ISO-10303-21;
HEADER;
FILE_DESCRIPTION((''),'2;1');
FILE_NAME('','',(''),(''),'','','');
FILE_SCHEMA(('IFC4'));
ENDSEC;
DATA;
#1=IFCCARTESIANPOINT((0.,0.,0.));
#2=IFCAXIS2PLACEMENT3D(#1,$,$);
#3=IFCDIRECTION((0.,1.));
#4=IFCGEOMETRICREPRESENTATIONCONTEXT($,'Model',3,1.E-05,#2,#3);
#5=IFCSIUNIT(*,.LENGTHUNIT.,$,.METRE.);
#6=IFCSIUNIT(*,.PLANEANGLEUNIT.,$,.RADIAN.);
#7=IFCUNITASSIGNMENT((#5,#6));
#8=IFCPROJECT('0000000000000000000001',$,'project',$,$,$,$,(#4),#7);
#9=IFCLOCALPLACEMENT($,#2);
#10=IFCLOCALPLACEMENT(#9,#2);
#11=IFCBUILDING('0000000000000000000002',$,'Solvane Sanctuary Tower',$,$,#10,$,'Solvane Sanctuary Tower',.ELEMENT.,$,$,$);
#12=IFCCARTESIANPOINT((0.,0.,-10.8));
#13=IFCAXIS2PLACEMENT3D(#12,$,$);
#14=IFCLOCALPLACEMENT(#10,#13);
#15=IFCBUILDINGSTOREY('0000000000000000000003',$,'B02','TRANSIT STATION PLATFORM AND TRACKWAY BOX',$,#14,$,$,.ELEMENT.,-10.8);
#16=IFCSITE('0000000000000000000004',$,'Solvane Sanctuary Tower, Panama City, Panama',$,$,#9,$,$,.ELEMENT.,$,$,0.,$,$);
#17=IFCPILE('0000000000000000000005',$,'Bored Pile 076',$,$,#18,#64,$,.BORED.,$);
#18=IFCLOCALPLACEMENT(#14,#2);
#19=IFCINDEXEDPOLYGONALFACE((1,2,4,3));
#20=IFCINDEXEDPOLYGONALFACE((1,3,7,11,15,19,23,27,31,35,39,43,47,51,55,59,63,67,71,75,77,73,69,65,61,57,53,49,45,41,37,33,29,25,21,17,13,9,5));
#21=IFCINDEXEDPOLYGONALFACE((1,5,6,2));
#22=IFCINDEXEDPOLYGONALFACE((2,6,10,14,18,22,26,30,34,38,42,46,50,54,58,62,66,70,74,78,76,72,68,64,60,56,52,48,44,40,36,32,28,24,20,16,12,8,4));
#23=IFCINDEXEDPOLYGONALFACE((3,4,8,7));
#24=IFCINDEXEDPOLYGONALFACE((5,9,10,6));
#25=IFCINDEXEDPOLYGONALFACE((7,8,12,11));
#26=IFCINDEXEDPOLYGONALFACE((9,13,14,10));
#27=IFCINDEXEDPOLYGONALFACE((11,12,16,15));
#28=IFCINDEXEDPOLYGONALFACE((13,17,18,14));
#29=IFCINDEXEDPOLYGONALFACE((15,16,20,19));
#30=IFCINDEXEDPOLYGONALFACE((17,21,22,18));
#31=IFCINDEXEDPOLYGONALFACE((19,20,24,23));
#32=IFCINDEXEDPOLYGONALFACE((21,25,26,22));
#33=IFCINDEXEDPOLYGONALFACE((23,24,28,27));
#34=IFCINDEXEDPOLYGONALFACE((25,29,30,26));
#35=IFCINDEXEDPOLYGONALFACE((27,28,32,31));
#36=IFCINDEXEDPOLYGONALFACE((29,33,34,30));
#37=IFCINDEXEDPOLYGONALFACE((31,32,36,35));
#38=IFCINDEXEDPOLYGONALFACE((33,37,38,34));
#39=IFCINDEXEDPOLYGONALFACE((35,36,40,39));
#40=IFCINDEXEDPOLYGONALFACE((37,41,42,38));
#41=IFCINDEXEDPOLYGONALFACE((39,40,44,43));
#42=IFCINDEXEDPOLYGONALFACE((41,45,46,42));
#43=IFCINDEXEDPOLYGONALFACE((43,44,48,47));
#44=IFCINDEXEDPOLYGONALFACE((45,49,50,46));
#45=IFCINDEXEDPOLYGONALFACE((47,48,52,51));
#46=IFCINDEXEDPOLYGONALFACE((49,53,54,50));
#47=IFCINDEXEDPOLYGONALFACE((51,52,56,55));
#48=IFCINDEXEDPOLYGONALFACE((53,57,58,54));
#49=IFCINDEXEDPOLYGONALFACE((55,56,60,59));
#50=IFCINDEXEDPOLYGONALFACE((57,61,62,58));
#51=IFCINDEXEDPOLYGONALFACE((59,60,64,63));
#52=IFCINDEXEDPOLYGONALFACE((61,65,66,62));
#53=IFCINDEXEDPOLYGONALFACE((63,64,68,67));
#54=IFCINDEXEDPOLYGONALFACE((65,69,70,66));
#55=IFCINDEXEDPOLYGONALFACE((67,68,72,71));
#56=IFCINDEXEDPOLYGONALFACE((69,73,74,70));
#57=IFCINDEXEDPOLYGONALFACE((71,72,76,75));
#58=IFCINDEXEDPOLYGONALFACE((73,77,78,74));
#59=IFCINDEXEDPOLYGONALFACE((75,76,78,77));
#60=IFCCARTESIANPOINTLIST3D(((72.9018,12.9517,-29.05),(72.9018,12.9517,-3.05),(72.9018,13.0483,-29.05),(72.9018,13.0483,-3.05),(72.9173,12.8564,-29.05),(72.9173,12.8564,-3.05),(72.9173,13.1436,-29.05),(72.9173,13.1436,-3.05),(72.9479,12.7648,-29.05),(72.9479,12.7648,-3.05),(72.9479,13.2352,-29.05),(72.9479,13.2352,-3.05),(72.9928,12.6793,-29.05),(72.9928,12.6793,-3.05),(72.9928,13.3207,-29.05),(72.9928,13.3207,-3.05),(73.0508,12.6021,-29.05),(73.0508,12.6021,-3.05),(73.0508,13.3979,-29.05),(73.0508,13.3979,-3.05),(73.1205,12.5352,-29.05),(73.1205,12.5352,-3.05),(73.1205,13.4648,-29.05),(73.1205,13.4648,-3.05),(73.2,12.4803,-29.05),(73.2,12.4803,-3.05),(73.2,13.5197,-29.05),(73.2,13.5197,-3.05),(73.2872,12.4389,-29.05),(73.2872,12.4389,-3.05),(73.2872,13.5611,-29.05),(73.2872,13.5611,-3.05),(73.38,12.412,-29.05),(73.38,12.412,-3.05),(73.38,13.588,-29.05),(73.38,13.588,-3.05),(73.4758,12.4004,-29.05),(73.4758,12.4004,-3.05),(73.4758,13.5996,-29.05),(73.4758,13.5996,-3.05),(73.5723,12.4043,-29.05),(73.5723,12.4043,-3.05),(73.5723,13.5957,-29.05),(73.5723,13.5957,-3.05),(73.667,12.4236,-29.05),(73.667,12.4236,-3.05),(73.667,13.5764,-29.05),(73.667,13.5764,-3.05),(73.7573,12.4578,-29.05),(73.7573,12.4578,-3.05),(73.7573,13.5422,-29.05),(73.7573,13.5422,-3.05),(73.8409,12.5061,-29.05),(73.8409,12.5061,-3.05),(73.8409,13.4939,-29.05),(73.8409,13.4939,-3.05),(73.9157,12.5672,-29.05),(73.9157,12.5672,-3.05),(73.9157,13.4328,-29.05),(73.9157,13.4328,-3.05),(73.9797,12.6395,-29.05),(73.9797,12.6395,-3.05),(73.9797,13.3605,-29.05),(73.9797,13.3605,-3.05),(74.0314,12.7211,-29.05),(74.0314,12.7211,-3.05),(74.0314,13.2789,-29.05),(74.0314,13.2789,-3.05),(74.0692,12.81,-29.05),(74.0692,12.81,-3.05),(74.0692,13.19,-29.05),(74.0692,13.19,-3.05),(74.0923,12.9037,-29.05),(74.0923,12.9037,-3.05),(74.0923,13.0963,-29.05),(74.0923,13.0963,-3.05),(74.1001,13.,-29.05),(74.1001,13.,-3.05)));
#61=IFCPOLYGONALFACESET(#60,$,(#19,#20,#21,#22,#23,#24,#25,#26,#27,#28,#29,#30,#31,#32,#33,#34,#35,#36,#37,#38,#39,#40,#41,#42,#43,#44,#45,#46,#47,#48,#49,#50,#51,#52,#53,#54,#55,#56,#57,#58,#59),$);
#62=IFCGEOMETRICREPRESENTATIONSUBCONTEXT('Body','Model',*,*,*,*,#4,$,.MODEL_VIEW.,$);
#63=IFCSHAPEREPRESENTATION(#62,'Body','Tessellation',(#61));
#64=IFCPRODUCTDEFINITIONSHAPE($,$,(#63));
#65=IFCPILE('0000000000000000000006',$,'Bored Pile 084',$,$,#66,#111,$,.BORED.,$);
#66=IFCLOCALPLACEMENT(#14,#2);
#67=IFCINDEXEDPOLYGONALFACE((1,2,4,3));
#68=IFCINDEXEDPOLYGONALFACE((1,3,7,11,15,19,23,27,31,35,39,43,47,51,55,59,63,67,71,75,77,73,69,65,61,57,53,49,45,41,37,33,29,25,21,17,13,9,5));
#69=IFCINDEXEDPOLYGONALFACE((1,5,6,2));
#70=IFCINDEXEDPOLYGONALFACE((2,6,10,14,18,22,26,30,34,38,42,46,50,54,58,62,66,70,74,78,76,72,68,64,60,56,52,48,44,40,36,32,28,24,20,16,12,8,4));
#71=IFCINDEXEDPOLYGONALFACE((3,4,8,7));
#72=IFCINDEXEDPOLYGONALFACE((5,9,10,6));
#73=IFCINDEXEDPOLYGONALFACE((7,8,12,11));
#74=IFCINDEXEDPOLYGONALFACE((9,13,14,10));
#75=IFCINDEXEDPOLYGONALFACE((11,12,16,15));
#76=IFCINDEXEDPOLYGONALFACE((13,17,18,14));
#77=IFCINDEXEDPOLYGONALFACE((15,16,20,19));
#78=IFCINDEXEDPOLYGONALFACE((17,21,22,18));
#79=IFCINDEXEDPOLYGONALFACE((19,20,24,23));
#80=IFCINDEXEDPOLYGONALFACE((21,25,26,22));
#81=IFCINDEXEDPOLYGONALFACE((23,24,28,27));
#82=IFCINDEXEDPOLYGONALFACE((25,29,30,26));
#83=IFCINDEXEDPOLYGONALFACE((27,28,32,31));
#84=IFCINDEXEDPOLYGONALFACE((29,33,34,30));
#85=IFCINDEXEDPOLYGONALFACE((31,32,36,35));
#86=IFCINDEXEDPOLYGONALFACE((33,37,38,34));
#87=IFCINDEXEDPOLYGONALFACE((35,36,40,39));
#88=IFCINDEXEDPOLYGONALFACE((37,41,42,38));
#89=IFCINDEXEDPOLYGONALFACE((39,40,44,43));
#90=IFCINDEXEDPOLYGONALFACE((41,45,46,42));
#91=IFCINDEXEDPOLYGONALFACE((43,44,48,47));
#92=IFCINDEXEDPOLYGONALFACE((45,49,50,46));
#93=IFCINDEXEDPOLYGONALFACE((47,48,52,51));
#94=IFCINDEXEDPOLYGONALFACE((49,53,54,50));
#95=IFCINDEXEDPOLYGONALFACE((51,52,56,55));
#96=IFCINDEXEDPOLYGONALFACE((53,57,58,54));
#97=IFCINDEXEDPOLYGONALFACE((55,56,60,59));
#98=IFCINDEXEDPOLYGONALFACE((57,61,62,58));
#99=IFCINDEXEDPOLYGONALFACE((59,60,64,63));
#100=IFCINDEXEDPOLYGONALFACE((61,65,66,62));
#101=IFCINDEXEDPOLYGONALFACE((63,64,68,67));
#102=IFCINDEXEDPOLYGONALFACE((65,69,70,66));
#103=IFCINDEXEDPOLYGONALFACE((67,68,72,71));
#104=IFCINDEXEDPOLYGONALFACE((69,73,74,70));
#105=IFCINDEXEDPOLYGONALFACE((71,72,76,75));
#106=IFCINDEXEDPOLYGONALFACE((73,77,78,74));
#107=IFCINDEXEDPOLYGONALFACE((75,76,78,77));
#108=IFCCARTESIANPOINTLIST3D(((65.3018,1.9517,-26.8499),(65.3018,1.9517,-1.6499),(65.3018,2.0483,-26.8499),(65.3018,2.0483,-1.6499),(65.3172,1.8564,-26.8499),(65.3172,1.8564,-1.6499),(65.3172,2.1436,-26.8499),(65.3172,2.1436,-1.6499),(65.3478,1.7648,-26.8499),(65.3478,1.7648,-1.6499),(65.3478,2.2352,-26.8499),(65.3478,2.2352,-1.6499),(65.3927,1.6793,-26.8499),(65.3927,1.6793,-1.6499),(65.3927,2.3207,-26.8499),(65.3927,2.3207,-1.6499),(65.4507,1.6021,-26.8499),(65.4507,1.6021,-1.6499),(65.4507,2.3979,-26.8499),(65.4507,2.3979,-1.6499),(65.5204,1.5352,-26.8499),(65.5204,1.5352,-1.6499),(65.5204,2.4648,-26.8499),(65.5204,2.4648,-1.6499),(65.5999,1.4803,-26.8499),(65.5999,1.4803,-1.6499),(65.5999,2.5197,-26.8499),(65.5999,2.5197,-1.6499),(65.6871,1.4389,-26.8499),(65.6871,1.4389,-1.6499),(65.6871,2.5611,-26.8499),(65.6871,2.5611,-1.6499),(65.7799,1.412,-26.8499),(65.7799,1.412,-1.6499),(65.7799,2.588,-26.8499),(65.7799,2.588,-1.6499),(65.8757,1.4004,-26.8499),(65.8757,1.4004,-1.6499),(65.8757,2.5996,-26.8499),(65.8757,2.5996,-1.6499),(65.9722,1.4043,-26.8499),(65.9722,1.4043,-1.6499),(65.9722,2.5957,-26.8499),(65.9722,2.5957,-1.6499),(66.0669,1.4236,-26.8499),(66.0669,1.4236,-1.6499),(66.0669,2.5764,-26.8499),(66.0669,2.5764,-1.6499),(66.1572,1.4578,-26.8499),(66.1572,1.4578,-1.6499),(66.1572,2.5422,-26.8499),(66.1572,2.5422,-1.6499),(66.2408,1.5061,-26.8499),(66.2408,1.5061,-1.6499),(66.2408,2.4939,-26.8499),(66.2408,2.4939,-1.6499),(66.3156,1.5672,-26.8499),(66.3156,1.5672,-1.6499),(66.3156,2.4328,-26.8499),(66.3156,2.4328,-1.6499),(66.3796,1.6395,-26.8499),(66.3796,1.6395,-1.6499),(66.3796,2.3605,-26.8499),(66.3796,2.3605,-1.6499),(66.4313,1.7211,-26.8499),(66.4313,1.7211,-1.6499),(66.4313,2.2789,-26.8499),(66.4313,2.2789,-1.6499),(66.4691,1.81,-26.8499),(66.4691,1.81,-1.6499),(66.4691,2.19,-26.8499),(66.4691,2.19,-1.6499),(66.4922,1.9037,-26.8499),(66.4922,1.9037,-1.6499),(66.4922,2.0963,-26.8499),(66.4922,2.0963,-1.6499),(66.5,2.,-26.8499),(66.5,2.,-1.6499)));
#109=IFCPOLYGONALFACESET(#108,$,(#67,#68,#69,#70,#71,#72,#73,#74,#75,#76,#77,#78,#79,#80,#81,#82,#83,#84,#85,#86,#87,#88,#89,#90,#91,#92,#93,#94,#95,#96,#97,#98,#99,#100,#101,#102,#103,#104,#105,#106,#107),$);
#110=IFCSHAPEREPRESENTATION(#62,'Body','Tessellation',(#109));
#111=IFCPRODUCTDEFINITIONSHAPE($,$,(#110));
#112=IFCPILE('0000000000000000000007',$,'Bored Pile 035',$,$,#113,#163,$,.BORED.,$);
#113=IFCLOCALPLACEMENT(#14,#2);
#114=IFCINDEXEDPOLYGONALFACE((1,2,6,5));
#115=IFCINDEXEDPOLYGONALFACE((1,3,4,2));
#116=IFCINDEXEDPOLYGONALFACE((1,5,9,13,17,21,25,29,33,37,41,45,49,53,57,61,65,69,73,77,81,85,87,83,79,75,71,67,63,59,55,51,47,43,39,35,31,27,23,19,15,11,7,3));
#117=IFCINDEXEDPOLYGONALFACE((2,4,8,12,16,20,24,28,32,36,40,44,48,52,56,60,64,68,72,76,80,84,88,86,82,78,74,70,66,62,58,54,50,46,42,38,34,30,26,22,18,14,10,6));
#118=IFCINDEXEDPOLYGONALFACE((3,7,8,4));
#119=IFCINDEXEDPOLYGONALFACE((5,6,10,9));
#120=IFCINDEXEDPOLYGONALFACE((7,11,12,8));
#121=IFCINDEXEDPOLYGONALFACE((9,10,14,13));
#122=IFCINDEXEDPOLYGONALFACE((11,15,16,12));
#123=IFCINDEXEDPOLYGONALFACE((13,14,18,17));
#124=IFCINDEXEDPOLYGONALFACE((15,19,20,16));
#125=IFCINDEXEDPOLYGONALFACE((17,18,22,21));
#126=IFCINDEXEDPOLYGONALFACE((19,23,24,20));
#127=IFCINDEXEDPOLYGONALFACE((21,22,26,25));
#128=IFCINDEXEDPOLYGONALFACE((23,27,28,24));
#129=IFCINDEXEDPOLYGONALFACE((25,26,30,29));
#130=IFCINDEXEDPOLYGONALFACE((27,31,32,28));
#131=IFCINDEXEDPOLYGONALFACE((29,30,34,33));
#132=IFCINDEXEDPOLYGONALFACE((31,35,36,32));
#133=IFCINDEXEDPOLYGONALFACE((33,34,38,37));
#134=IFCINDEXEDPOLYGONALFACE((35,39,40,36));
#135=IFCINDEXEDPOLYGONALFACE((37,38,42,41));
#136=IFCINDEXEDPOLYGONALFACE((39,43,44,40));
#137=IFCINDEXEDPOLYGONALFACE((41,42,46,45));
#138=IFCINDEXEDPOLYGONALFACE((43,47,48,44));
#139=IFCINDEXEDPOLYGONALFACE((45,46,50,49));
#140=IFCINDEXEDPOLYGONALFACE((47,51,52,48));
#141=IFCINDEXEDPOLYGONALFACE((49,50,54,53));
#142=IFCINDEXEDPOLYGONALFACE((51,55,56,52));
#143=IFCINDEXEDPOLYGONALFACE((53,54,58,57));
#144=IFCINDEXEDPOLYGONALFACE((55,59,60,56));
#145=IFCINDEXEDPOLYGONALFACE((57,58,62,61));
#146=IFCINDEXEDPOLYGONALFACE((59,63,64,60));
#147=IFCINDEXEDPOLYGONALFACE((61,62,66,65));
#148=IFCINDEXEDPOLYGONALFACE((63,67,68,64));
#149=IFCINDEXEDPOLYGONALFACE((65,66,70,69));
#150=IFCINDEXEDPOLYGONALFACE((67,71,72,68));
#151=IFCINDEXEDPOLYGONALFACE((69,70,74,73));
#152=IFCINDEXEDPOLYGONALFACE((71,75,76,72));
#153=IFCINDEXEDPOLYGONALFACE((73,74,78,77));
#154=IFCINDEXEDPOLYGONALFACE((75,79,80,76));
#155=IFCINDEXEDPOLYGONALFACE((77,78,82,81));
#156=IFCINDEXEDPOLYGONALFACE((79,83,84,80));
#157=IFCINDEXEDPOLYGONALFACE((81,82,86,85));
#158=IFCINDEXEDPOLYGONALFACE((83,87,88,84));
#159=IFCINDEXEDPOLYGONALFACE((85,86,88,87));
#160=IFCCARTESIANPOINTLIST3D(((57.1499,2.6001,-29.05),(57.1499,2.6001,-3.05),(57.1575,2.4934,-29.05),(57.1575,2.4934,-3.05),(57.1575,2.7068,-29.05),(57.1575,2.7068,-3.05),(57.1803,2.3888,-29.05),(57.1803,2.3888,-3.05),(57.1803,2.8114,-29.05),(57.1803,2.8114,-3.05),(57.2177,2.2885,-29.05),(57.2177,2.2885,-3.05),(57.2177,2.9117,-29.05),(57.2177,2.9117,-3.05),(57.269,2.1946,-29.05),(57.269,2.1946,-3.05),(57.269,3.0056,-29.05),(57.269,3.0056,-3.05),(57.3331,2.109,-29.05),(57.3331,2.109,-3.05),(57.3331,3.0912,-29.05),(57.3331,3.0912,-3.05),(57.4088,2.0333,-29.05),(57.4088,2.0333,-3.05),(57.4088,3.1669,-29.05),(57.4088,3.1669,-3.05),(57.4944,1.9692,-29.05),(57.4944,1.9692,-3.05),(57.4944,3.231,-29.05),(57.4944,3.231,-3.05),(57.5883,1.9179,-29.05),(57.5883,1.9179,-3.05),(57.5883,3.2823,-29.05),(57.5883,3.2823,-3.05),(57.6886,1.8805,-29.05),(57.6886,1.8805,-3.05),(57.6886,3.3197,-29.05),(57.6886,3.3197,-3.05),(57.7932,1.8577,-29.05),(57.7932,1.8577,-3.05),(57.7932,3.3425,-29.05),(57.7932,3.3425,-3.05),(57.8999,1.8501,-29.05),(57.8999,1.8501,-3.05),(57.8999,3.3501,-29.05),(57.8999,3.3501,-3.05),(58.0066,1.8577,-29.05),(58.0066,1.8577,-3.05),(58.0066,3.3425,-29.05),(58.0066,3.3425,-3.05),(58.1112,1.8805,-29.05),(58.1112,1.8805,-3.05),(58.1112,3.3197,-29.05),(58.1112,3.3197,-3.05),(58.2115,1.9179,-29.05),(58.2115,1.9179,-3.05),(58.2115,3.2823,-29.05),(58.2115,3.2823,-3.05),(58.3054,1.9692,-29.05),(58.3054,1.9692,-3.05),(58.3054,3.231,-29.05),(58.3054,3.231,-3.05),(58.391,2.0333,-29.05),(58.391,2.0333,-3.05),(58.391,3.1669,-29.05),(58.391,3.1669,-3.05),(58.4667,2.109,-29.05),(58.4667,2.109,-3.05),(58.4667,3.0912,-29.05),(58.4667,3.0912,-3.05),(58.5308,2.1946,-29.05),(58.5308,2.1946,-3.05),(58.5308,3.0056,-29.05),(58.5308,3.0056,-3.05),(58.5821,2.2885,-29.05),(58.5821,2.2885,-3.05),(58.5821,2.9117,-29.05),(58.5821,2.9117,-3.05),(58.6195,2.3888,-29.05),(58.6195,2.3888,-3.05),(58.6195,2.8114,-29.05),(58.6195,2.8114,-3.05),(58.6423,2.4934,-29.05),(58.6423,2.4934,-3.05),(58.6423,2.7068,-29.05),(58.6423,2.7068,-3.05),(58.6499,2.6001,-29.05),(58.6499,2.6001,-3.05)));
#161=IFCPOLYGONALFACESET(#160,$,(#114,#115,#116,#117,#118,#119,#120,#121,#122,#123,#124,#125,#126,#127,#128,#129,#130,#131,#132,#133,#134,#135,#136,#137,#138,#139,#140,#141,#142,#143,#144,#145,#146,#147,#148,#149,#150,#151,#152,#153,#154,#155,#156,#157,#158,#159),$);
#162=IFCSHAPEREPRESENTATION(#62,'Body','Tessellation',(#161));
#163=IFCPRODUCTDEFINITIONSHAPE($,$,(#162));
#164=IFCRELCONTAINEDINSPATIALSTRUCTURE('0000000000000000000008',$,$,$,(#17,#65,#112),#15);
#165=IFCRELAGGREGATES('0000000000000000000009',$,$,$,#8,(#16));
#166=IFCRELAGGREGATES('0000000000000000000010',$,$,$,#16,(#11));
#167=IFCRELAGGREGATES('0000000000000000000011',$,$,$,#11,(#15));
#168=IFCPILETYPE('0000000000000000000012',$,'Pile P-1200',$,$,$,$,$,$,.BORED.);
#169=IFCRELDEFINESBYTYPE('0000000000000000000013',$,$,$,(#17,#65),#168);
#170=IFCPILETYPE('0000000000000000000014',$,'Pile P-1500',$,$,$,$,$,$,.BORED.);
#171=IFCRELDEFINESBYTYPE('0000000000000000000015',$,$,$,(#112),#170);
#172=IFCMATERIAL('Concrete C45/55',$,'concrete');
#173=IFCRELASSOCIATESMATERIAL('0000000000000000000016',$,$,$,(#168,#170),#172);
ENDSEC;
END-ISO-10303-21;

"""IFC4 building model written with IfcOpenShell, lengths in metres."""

from ifc_helpers import new_model, si_unit, direction, frame, origin, origin_2d, place, context, subcontext, project, spatial, circle, extrude, material, material_profile, profile_set, type_object, element, save


model = new_model("IFC4")

# Units and contexts
model_context = context("Model", 3, precision=1e-05, world=origin(), true_north=direction((0.0, 1.0)))
body_context = subcontext(model_context, "Body", "Model", "MODEL_VIEW")
ifc_project = project(units=[si_unit("LENGTHUNIT", "METRE"), si_unit("PLANEANGLEUNIT", "RADIAN")], contexts=[model_context])

# Site, building, storey
site_placement = place(None, origin())
site = spatial("IfcSite", under=ifc_project, at=site_placement, Name="Solvane Sanctuary Tower, Panama City, Panama", CompositionType="ELEMENT", RefElevation=0.0)
building_placement = place(site_placement, origin())
building = spatial("IfcBuilding", under=site, at=building_placement, Name="Solvane Sanctuary Tower", LongName="Solvane Sanctuary Tower", CompositionType="ELEMENT")
storey_placement = place(building_placement, frame((0.0, 0.0, -10.8)))
storey = spatial("IfcBuildingStorey", under=building, at=storey_placement, Name="B02", Description="TRANSIT STATION PLATFORM AND TRACKWAY BOX", CompositionType="ELEMENT", Elevation=-10.8)

# Piles
ifc_material_1 = material(Name="Concrete C45/55", Category="concrete")
ifc_material_profile_1 = material_profile(ifc_material_1, circle(Radius=0.6001, at=origin_2d()), Name="PILE1200")
ifc_profile_set_1 = profile_set([ifc_material_profile_1], Name="Concrete C45/55")
pile_type_1 = type_object("IfcPileType", Name="Pile P-1200", PredefinedType="BORED", material=ifc_profile_set_1)
for number, where, z_axis, x_axis, name in (
    (1, (73.5, 13.0, -3.05), (0.0, 0.0, -1.0), (1.0, 0.0, 0.0), "Bored Pile 076"),
):
    element("IfcPile", number, at=place(storey_placement, frame(where, z_axis=z_axis, x_axis=x_axis)), inside=storey, type_object=pile_type_1, Name=name, PredefinedType="BORED", context=body_context, shape_type="SweptSolid", body=[
        extrude(circle(Radius=0.6001, at=origin_2d()), origin(), (0.0, 0.0, 1.0), 26.0),
    ])
pile_placement = place(storey_placement, frame((65.8999, 2.0, -1.6499), z_axis=(0.0, 0.0, -1.0), x_axis=(1.0, 0.0, 0.0)))
element("IfcPile", 2, at=pile_placement, inside=storey, type_object=pile_type_1, Name="Bored Pile 084", PredefinedType="BORED", context=body_context, shape_type="SweptSolid", body=[
    extrude(circle(Radius=0.6001, at=origin_2d()), origin(), (0.0, 0.0, 1.0), 25.2),
])
ifc_material_profile_2 = material_profile(ifc_material_1, circle(Radius=0.75, at=origin_2d()), Name="PILE1500")
ifc_profile_set_2 = profile_set([ifc_material_profile_2], Name="Concrete C45/55")
pile_type_2 = type_object("IfcPileType", Name="Pile P-1500", PredefinedType="BORED", material=ifc_profile_set_2)
for number, where, z_axis, x_axis, name in (
    (3, (57.8999, 2.6001, -3.05), (0.0, 0.0, -1.0), (1.0, 0.0, 0.0), "Bored Pile 035"),
):
    element("IfcPile", number, at=place(storey_placement, frame(where, z_axis=z_axis, x_axis=x_axis)), inside=storey, type_object=pile_type_2, Name=name, PredefinedType="BORED", context=body_context, shape_type="SweptSolid", body=[
        extrude(circle(Radius=0.75, at=origin_2d()), origin(), (0.0, 0.0, 1.0), 26.0),
    ])

save(model, "model.ifc")
